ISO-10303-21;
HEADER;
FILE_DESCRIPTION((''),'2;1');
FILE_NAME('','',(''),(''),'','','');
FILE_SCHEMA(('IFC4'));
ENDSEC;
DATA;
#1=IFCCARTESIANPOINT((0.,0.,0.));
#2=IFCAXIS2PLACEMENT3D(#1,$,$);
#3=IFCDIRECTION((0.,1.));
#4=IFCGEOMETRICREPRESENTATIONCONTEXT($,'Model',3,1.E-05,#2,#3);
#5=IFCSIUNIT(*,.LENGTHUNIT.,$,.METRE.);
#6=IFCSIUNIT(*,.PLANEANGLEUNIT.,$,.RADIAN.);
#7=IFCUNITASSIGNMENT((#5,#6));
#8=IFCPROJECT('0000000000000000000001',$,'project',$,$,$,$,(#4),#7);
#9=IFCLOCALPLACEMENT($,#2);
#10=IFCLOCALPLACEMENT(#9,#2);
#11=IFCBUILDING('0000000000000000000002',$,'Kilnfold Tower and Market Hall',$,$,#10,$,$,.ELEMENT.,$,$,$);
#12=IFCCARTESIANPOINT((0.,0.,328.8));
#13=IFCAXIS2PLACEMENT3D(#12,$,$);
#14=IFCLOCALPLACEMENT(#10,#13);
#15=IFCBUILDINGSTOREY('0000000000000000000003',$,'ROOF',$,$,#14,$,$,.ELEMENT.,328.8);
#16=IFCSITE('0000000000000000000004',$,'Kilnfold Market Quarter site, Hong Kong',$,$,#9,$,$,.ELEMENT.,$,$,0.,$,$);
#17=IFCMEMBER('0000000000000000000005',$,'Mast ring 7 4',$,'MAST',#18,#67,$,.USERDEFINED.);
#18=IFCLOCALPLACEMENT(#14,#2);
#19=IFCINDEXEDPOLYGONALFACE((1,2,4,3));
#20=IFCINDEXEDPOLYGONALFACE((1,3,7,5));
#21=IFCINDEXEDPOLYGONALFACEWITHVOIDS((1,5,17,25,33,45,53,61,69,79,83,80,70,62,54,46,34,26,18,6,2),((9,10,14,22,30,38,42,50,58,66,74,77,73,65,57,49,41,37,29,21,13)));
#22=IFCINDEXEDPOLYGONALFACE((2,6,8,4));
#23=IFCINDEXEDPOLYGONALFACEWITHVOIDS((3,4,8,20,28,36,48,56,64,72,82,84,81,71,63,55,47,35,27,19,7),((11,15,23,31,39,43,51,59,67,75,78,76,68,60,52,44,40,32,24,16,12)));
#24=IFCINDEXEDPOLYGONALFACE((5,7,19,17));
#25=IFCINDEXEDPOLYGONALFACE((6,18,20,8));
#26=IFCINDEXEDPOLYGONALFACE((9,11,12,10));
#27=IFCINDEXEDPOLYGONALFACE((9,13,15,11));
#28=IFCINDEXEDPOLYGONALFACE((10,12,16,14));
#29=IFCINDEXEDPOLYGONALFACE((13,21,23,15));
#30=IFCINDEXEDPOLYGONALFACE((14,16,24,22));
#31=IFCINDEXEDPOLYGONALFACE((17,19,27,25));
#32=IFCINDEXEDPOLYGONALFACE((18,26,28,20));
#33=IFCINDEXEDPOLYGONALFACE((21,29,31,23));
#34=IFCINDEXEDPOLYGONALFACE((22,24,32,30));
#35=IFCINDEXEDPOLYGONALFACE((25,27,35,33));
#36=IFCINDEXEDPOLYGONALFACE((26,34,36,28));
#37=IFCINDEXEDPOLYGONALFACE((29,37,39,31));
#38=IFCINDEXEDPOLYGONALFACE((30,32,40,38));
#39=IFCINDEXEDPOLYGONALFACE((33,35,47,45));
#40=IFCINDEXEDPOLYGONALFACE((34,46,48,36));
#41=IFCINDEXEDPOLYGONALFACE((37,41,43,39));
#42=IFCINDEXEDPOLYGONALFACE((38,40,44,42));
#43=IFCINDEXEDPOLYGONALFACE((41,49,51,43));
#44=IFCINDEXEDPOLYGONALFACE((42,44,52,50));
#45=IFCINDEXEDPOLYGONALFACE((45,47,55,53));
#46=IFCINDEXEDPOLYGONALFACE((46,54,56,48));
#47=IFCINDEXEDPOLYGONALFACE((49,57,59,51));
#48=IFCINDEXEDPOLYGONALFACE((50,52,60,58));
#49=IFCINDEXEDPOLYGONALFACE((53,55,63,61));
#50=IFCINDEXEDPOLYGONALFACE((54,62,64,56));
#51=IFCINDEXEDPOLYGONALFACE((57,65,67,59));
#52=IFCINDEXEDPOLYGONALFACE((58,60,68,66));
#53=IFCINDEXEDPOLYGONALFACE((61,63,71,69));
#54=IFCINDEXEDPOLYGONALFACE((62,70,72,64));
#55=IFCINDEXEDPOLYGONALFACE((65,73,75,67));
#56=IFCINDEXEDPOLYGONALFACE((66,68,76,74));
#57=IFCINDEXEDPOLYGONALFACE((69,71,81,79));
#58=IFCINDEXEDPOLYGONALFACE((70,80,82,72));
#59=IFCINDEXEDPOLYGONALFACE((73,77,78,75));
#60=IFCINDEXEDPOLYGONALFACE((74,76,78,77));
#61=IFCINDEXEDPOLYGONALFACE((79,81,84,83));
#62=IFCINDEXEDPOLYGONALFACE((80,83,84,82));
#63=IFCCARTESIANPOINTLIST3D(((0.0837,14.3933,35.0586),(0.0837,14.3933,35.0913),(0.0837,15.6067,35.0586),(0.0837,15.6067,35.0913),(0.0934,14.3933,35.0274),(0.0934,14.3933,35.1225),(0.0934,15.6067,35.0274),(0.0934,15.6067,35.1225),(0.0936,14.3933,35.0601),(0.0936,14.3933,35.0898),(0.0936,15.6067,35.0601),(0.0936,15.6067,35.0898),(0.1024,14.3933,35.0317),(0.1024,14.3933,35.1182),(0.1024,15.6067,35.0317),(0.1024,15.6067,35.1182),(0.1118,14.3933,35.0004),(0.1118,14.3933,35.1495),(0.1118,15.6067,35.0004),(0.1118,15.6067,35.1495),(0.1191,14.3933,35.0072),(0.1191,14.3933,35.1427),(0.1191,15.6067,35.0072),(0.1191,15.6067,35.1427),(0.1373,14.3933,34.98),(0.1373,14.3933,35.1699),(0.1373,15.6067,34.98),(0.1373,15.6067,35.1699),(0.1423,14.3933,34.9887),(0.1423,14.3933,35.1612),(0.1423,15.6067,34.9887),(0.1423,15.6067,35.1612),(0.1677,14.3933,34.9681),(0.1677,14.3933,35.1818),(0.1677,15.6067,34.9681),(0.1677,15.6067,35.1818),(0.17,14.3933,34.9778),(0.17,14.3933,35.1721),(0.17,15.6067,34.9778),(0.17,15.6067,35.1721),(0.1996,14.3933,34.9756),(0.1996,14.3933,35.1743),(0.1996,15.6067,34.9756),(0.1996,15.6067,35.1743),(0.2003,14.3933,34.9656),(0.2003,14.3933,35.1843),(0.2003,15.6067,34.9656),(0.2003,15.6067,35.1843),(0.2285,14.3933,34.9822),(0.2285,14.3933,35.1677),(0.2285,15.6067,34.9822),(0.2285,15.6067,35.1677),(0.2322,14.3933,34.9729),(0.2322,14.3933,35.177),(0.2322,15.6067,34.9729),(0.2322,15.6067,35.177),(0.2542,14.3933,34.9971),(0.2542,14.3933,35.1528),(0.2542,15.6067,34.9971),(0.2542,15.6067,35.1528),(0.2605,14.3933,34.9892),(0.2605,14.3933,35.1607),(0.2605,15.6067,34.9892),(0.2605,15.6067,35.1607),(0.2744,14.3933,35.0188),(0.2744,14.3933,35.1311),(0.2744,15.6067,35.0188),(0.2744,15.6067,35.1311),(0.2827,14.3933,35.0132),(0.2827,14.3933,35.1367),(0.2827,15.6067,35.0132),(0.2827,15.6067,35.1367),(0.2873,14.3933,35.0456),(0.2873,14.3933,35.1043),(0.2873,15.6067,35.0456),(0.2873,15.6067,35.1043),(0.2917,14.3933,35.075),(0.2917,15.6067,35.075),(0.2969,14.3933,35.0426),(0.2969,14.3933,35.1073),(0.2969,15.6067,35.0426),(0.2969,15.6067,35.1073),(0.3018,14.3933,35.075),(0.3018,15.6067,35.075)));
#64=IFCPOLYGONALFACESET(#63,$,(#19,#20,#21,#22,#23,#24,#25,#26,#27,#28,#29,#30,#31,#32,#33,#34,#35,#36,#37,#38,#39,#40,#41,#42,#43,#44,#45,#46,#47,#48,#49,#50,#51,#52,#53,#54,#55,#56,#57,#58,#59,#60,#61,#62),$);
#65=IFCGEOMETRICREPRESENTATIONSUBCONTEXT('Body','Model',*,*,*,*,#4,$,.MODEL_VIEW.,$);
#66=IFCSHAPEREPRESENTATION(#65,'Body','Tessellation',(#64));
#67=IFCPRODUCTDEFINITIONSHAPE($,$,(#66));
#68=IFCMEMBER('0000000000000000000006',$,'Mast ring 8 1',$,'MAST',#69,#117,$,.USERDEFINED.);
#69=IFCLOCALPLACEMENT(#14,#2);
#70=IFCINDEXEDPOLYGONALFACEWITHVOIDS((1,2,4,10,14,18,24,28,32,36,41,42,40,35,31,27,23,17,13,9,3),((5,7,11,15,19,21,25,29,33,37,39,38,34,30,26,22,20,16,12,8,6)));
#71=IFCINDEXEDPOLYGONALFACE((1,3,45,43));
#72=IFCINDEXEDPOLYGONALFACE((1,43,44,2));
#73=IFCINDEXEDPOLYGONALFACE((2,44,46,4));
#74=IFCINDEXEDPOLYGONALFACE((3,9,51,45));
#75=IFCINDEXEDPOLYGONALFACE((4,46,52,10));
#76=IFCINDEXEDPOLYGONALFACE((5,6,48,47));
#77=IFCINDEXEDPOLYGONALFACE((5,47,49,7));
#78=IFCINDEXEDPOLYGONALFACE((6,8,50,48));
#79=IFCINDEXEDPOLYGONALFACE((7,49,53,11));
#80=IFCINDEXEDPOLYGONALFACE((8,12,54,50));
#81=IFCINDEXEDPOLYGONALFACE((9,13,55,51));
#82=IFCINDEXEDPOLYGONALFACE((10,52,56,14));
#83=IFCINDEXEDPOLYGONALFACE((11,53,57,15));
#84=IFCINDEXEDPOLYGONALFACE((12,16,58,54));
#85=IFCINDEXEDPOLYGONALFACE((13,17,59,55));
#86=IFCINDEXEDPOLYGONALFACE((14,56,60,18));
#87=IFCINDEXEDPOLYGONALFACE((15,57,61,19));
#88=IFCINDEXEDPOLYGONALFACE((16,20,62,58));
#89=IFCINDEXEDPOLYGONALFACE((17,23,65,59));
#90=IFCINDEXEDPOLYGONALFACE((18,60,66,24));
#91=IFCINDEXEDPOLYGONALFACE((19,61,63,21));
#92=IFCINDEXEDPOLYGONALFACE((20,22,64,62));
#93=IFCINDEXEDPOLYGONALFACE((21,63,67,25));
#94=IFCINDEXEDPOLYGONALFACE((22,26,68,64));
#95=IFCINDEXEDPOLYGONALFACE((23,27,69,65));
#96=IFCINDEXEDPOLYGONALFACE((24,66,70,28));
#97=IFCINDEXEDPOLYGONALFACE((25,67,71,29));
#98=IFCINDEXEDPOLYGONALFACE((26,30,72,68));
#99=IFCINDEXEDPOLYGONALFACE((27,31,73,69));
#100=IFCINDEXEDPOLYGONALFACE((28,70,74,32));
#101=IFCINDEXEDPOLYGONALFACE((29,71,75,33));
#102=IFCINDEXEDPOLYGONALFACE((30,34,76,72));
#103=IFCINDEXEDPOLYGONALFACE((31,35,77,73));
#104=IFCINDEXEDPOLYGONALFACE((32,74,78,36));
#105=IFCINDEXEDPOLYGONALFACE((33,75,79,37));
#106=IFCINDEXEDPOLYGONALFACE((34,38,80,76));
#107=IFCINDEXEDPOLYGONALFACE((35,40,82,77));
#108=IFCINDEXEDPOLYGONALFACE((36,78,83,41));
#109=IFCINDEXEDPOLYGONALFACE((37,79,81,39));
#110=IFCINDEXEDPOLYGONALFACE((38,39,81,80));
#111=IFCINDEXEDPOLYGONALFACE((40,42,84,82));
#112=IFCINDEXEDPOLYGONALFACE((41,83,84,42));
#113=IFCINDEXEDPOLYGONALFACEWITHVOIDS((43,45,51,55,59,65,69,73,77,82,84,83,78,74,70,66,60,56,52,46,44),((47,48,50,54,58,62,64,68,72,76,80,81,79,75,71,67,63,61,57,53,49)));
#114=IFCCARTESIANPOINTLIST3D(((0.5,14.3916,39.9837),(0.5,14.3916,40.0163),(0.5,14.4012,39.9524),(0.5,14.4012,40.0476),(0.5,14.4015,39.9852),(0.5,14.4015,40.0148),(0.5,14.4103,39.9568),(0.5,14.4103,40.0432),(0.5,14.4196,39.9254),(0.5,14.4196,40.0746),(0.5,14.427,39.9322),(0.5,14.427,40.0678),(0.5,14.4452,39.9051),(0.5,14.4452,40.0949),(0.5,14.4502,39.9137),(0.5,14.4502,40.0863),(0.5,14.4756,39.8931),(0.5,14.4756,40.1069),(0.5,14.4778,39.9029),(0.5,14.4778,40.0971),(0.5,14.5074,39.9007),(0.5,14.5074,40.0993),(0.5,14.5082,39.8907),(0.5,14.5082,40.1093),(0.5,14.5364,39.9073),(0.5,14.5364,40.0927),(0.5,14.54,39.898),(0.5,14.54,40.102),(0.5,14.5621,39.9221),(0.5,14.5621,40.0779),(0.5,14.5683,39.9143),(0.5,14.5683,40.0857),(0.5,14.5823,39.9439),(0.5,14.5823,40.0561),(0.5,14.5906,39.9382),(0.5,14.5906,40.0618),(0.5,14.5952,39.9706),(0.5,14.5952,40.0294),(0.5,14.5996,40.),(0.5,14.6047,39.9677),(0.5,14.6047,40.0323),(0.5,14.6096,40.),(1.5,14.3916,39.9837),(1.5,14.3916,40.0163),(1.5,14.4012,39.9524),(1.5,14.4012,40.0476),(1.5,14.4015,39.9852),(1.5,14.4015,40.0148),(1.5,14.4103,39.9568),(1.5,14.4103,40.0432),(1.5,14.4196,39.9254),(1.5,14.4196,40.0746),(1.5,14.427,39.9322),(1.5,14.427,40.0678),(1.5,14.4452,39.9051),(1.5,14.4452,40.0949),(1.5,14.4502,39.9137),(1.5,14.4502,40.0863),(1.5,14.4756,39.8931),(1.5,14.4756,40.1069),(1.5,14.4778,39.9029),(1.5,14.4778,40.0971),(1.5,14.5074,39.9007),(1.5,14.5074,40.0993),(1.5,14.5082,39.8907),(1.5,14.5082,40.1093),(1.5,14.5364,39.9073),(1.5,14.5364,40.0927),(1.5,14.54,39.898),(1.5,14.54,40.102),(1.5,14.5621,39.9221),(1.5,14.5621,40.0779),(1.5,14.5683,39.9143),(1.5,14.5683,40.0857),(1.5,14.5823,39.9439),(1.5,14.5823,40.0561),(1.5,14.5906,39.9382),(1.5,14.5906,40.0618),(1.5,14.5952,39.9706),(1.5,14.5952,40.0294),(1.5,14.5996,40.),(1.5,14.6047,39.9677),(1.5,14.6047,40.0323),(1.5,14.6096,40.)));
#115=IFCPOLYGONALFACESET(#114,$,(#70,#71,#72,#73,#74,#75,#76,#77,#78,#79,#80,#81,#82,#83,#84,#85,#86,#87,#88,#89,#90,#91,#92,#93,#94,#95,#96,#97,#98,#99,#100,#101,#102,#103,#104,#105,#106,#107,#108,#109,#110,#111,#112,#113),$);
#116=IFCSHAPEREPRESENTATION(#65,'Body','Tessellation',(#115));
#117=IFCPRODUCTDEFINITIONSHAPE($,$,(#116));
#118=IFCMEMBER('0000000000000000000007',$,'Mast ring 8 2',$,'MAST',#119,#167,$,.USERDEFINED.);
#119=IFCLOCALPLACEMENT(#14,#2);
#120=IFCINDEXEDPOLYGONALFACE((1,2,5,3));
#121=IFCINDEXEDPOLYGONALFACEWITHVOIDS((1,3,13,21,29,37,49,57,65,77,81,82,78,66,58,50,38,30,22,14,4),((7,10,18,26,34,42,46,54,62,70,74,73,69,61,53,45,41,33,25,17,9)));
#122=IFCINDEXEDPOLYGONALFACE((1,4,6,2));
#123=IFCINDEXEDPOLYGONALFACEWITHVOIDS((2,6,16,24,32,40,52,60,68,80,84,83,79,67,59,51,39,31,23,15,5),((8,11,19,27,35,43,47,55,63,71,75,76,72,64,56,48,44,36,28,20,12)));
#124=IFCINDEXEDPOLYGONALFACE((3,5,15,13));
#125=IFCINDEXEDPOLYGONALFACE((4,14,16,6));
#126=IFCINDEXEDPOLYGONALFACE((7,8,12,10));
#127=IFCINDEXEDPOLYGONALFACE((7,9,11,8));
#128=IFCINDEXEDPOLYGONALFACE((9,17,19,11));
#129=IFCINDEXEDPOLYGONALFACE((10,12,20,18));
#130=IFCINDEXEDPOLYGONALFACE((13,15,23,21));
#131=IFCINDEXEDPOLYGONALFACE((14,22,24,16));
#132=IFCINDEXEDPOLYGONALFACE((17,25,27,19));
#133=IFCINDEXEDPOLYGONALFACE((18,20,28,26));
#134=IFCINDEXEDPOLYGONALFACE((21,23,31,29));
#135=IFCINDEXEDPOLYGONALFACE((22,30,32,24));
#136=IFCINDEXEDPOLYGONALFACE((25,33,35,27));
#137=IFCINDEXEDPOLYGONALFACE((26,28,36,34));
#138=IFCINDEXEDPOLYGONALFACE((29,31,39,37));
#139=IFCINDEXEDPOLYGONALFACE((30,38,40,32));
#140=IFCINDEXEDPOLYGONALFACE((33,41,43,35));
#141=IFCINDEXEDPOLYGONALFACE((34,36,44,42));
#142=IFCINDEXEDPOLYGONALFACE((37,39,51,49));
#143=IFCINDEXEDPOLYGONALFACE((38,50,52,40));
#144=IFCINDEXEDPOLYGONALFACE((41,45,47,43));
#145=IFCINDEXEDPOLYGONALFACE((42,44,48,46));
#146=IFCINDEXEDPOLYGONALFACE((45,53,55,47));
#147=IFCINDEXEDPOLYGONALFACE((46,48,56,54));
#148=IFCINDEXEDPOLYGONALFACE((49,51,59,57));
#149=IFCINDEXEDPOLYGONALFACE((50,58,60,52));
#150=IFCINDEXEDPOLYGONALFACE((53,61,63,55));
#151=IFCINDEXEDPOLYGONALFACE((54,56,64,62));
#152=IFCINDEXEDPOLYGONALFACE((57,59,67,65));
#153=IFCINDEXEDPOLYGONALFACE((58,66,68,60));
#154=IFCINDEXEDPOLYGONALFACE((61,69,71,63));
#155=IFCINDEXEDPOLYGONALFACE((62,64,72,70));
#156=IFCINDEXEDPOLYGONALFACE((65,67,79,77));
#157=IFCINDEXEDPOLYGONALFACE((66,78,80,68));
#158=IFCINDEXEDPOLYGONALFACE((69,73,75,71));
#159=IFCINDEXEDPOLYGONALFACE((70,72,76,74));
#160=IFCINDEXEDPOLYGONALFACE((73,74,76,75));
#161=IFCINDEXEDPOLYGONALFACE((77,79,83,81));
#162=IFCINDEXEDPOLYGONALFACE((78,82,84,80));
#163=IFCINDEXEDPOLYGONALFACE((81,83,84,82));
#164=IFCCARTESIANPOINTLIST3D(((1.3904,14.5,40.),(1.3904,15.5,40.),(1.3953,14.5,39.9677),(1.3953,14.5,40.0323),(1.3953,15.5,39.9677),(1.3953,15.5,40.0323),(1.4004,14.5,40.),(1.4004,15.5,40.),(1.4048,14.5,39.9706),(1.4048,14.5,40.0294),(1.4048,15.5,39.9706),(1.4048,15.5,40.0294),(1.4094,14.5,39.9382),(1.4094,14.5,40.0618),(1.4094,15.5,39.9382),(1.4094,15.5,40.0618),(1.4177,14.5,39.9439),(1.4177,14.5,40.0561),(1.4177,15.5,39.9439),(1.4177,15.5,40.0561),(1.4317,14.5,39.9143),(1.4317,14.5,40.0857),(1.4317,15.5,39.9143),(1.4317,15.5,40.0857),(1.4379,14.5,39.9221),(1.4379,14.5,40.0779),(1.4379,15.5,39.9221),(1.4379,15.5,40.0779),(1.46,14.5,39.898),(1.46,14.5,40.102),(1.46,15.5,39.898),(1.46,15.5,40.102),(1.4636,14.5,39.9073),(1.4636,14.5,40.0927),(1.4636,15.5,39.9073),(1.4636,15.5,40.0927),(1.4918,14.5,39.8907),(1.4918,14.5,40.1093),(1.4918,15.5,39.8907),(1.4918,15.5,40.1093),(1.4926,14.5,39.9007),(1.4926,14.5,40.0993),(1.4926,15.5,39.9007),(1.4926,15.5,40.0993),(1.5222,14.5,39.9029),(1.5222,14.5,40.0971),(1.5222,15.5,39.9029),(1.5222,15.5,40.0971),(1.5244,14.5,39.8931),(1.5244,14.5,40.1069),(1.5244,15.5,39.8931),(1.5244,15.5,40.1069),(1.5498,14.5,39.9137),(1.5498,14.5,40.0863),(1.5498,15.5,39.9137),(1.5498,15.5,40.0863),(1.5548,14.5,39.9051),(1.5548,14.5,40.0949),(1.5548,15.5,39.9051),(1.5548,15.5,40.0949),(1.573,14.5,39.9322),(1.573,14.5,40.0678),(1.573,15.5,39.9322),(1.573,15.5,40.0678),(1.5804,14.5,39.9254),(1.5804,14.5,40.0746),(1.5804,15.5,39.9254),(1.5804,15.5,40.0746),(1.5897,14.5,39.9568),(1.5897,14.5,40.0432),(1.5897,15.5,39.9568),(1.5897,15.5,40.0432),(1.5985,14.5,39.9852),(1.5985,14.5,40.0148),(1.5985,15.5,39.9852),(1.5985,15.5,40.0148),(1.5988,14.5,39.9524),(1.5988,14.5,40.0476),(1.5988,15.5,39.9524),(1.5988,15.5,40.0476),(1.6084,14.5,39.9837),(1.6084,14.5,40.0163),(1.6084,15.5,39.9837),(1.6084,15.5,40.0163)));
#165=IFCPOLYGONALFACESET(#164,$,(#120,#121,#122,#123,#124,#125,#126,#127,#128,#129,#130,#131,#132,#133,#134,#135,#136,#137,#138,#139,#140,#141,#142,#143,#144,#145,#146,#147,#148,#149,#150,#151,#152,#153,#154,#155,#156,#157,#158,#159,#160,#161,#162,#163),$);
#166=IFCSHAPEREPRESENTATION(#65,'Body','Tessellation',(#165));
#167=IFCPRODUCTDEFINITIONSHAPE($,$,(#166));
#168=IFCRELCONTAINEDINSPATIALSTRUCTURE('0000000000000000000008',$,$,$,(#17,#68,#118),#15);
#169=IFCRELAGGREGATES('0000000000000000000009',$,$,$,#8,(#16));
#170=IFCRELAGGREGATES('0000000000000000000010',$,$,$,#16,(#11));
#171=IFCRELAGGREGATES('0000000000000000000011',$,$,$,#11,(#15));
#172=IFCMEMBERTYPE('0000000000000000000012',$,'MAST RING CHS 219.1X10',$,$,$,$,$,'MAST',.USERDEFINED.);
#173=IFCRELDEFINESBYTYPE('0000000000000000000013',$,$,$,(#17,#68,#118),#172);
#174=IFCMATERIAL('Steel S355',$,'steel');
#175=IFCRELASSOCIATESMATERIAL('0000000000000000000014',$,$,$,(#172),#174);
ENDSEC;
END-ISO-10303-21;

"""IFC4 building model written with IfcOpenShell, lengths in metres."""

from ifc_helpers import new_model, si_unit, direction, frame, origin, origin_2d, place, context, subcontext, project, spatial, hollow_circle, extrude, source, transform, mapped, material, material_profile, profile_set, type_object, element, save


model = new_model("IFC4")

# Units and contexts
model_context = context("Model", 3, precision=1e-05, world=origin(), true_north=direction((0.0, 1.0)))
body_context = subcontext(model_context, "Body", "Model", "MODEL_VIEW")
ifc_project = project(units=[si_unit("LENGTHUNIT", "METRE"), si_unit("PLANEANGLEUNIT", "RADIAN")], contexts=[model_context])

# Site, building, storey
site_placement = place(None, origin())
site = spatial("IfcSite", under=ifc_project, at=site_placement, Name="Kilnfold Market Quarter site, Hong Kong", CompositionType="ELEMENT", RefElevation=0.0)
building_placement = place(site_placement, origin())
building = spatial("IfcBuilding", under=site, at=building_placement, Name="Kilnfold Tower and Market Hall", CompositionType="ELEMENT")
storey_placement = place(building_placement, frame((0.0, 0.0, 328.8)))
storey = spatial("IfcBuildingStorey", under=building, at=storey_placement, Name="ROOF", CompositionType="ELEMENT", Elevation=328.8)

# Members
ifc_material_1 = material(Name="Steel S355", Category="steel")
ifc_material_profile_1 = material_profile(ifc_material_1, hollow_circle(Radius=0.1096, WallThickness=0.01, at=origin_2d()), Name="CHS 219.1x10")
ifc_profile_set_1 = profile_set([ifc_material_profile_1], Name="Steel S355")
member_type_1 = type_object("IfcMemberType", Name="MAST RING CHS 219.1X10", ElementType="MAST", PredefinedType="USERDEFINED", material=ifc_profile_set_1)
shared_shape_1 = source(origin(), body_context, "Body", "SweptSolid", [
    extrude(hollow_circle(Radius=0.1096, WallThickness=0.01, at=origin_2d()), origin(), (0.0, 0.0, 1.0), 1.2134),
])
for number, where, z_axis, x_axis, name in (
    (1, (0.1921, 15.6067, 35.075), (0.0, -1.0, 0.0), (1.0, 0.0, 0.0), "Mast ring 7 4"),
):
    element("IfcMember", number, at=place(storey_placement, frame(where, z_axis=z_axis, x_axis=x_axis)), inside=storey, type_object=member_type_1, Name=name, ObjectType="MAST", PredefinedType="USERDEFINED", context=body_context, shape_type="MappedRepresentation", body=[
        mapped(shared_shape_1, transform((0.0, 0.0, 0.0))),
    ])
shared_shape_2 = source(origin(), body_context, "Body", "SweptSolid", [
    extrude(hollow_circle(Radius=0.1096, WallThickness=0.01, at=origin_2d()), origin(), (0.0, 0.0, 1.0), 1.0),
])
for number, where, z_axis, x_axis, name in (
    (2, (0.5, 14.5, 40.0), (1.0, 0.0, 0.0), (0.0, 1.0, 0.0), "Mast ring 8 1"),
    (3, (1.5, 14.5, 40.0), (0.0, 1.0, 0.0), (-1.0, 0.0, 0.0), "Mast ring 8 2"),
):
    element("IfcMember", number, at=place(storey_placement, frame(where, z_axis=z_axis, x_axis=x_axis)), inside=storey, type_object=member_type_1, Name=name, ObjectType="MAST", PredefinedType="USERDEFINED", context=body_context, shape_type="MappedRepresentation", body=[
        mapped(shared_shape_2, transform((0.0, 0.0, 0.0))),
    ])

save(model, "model.ifc")
